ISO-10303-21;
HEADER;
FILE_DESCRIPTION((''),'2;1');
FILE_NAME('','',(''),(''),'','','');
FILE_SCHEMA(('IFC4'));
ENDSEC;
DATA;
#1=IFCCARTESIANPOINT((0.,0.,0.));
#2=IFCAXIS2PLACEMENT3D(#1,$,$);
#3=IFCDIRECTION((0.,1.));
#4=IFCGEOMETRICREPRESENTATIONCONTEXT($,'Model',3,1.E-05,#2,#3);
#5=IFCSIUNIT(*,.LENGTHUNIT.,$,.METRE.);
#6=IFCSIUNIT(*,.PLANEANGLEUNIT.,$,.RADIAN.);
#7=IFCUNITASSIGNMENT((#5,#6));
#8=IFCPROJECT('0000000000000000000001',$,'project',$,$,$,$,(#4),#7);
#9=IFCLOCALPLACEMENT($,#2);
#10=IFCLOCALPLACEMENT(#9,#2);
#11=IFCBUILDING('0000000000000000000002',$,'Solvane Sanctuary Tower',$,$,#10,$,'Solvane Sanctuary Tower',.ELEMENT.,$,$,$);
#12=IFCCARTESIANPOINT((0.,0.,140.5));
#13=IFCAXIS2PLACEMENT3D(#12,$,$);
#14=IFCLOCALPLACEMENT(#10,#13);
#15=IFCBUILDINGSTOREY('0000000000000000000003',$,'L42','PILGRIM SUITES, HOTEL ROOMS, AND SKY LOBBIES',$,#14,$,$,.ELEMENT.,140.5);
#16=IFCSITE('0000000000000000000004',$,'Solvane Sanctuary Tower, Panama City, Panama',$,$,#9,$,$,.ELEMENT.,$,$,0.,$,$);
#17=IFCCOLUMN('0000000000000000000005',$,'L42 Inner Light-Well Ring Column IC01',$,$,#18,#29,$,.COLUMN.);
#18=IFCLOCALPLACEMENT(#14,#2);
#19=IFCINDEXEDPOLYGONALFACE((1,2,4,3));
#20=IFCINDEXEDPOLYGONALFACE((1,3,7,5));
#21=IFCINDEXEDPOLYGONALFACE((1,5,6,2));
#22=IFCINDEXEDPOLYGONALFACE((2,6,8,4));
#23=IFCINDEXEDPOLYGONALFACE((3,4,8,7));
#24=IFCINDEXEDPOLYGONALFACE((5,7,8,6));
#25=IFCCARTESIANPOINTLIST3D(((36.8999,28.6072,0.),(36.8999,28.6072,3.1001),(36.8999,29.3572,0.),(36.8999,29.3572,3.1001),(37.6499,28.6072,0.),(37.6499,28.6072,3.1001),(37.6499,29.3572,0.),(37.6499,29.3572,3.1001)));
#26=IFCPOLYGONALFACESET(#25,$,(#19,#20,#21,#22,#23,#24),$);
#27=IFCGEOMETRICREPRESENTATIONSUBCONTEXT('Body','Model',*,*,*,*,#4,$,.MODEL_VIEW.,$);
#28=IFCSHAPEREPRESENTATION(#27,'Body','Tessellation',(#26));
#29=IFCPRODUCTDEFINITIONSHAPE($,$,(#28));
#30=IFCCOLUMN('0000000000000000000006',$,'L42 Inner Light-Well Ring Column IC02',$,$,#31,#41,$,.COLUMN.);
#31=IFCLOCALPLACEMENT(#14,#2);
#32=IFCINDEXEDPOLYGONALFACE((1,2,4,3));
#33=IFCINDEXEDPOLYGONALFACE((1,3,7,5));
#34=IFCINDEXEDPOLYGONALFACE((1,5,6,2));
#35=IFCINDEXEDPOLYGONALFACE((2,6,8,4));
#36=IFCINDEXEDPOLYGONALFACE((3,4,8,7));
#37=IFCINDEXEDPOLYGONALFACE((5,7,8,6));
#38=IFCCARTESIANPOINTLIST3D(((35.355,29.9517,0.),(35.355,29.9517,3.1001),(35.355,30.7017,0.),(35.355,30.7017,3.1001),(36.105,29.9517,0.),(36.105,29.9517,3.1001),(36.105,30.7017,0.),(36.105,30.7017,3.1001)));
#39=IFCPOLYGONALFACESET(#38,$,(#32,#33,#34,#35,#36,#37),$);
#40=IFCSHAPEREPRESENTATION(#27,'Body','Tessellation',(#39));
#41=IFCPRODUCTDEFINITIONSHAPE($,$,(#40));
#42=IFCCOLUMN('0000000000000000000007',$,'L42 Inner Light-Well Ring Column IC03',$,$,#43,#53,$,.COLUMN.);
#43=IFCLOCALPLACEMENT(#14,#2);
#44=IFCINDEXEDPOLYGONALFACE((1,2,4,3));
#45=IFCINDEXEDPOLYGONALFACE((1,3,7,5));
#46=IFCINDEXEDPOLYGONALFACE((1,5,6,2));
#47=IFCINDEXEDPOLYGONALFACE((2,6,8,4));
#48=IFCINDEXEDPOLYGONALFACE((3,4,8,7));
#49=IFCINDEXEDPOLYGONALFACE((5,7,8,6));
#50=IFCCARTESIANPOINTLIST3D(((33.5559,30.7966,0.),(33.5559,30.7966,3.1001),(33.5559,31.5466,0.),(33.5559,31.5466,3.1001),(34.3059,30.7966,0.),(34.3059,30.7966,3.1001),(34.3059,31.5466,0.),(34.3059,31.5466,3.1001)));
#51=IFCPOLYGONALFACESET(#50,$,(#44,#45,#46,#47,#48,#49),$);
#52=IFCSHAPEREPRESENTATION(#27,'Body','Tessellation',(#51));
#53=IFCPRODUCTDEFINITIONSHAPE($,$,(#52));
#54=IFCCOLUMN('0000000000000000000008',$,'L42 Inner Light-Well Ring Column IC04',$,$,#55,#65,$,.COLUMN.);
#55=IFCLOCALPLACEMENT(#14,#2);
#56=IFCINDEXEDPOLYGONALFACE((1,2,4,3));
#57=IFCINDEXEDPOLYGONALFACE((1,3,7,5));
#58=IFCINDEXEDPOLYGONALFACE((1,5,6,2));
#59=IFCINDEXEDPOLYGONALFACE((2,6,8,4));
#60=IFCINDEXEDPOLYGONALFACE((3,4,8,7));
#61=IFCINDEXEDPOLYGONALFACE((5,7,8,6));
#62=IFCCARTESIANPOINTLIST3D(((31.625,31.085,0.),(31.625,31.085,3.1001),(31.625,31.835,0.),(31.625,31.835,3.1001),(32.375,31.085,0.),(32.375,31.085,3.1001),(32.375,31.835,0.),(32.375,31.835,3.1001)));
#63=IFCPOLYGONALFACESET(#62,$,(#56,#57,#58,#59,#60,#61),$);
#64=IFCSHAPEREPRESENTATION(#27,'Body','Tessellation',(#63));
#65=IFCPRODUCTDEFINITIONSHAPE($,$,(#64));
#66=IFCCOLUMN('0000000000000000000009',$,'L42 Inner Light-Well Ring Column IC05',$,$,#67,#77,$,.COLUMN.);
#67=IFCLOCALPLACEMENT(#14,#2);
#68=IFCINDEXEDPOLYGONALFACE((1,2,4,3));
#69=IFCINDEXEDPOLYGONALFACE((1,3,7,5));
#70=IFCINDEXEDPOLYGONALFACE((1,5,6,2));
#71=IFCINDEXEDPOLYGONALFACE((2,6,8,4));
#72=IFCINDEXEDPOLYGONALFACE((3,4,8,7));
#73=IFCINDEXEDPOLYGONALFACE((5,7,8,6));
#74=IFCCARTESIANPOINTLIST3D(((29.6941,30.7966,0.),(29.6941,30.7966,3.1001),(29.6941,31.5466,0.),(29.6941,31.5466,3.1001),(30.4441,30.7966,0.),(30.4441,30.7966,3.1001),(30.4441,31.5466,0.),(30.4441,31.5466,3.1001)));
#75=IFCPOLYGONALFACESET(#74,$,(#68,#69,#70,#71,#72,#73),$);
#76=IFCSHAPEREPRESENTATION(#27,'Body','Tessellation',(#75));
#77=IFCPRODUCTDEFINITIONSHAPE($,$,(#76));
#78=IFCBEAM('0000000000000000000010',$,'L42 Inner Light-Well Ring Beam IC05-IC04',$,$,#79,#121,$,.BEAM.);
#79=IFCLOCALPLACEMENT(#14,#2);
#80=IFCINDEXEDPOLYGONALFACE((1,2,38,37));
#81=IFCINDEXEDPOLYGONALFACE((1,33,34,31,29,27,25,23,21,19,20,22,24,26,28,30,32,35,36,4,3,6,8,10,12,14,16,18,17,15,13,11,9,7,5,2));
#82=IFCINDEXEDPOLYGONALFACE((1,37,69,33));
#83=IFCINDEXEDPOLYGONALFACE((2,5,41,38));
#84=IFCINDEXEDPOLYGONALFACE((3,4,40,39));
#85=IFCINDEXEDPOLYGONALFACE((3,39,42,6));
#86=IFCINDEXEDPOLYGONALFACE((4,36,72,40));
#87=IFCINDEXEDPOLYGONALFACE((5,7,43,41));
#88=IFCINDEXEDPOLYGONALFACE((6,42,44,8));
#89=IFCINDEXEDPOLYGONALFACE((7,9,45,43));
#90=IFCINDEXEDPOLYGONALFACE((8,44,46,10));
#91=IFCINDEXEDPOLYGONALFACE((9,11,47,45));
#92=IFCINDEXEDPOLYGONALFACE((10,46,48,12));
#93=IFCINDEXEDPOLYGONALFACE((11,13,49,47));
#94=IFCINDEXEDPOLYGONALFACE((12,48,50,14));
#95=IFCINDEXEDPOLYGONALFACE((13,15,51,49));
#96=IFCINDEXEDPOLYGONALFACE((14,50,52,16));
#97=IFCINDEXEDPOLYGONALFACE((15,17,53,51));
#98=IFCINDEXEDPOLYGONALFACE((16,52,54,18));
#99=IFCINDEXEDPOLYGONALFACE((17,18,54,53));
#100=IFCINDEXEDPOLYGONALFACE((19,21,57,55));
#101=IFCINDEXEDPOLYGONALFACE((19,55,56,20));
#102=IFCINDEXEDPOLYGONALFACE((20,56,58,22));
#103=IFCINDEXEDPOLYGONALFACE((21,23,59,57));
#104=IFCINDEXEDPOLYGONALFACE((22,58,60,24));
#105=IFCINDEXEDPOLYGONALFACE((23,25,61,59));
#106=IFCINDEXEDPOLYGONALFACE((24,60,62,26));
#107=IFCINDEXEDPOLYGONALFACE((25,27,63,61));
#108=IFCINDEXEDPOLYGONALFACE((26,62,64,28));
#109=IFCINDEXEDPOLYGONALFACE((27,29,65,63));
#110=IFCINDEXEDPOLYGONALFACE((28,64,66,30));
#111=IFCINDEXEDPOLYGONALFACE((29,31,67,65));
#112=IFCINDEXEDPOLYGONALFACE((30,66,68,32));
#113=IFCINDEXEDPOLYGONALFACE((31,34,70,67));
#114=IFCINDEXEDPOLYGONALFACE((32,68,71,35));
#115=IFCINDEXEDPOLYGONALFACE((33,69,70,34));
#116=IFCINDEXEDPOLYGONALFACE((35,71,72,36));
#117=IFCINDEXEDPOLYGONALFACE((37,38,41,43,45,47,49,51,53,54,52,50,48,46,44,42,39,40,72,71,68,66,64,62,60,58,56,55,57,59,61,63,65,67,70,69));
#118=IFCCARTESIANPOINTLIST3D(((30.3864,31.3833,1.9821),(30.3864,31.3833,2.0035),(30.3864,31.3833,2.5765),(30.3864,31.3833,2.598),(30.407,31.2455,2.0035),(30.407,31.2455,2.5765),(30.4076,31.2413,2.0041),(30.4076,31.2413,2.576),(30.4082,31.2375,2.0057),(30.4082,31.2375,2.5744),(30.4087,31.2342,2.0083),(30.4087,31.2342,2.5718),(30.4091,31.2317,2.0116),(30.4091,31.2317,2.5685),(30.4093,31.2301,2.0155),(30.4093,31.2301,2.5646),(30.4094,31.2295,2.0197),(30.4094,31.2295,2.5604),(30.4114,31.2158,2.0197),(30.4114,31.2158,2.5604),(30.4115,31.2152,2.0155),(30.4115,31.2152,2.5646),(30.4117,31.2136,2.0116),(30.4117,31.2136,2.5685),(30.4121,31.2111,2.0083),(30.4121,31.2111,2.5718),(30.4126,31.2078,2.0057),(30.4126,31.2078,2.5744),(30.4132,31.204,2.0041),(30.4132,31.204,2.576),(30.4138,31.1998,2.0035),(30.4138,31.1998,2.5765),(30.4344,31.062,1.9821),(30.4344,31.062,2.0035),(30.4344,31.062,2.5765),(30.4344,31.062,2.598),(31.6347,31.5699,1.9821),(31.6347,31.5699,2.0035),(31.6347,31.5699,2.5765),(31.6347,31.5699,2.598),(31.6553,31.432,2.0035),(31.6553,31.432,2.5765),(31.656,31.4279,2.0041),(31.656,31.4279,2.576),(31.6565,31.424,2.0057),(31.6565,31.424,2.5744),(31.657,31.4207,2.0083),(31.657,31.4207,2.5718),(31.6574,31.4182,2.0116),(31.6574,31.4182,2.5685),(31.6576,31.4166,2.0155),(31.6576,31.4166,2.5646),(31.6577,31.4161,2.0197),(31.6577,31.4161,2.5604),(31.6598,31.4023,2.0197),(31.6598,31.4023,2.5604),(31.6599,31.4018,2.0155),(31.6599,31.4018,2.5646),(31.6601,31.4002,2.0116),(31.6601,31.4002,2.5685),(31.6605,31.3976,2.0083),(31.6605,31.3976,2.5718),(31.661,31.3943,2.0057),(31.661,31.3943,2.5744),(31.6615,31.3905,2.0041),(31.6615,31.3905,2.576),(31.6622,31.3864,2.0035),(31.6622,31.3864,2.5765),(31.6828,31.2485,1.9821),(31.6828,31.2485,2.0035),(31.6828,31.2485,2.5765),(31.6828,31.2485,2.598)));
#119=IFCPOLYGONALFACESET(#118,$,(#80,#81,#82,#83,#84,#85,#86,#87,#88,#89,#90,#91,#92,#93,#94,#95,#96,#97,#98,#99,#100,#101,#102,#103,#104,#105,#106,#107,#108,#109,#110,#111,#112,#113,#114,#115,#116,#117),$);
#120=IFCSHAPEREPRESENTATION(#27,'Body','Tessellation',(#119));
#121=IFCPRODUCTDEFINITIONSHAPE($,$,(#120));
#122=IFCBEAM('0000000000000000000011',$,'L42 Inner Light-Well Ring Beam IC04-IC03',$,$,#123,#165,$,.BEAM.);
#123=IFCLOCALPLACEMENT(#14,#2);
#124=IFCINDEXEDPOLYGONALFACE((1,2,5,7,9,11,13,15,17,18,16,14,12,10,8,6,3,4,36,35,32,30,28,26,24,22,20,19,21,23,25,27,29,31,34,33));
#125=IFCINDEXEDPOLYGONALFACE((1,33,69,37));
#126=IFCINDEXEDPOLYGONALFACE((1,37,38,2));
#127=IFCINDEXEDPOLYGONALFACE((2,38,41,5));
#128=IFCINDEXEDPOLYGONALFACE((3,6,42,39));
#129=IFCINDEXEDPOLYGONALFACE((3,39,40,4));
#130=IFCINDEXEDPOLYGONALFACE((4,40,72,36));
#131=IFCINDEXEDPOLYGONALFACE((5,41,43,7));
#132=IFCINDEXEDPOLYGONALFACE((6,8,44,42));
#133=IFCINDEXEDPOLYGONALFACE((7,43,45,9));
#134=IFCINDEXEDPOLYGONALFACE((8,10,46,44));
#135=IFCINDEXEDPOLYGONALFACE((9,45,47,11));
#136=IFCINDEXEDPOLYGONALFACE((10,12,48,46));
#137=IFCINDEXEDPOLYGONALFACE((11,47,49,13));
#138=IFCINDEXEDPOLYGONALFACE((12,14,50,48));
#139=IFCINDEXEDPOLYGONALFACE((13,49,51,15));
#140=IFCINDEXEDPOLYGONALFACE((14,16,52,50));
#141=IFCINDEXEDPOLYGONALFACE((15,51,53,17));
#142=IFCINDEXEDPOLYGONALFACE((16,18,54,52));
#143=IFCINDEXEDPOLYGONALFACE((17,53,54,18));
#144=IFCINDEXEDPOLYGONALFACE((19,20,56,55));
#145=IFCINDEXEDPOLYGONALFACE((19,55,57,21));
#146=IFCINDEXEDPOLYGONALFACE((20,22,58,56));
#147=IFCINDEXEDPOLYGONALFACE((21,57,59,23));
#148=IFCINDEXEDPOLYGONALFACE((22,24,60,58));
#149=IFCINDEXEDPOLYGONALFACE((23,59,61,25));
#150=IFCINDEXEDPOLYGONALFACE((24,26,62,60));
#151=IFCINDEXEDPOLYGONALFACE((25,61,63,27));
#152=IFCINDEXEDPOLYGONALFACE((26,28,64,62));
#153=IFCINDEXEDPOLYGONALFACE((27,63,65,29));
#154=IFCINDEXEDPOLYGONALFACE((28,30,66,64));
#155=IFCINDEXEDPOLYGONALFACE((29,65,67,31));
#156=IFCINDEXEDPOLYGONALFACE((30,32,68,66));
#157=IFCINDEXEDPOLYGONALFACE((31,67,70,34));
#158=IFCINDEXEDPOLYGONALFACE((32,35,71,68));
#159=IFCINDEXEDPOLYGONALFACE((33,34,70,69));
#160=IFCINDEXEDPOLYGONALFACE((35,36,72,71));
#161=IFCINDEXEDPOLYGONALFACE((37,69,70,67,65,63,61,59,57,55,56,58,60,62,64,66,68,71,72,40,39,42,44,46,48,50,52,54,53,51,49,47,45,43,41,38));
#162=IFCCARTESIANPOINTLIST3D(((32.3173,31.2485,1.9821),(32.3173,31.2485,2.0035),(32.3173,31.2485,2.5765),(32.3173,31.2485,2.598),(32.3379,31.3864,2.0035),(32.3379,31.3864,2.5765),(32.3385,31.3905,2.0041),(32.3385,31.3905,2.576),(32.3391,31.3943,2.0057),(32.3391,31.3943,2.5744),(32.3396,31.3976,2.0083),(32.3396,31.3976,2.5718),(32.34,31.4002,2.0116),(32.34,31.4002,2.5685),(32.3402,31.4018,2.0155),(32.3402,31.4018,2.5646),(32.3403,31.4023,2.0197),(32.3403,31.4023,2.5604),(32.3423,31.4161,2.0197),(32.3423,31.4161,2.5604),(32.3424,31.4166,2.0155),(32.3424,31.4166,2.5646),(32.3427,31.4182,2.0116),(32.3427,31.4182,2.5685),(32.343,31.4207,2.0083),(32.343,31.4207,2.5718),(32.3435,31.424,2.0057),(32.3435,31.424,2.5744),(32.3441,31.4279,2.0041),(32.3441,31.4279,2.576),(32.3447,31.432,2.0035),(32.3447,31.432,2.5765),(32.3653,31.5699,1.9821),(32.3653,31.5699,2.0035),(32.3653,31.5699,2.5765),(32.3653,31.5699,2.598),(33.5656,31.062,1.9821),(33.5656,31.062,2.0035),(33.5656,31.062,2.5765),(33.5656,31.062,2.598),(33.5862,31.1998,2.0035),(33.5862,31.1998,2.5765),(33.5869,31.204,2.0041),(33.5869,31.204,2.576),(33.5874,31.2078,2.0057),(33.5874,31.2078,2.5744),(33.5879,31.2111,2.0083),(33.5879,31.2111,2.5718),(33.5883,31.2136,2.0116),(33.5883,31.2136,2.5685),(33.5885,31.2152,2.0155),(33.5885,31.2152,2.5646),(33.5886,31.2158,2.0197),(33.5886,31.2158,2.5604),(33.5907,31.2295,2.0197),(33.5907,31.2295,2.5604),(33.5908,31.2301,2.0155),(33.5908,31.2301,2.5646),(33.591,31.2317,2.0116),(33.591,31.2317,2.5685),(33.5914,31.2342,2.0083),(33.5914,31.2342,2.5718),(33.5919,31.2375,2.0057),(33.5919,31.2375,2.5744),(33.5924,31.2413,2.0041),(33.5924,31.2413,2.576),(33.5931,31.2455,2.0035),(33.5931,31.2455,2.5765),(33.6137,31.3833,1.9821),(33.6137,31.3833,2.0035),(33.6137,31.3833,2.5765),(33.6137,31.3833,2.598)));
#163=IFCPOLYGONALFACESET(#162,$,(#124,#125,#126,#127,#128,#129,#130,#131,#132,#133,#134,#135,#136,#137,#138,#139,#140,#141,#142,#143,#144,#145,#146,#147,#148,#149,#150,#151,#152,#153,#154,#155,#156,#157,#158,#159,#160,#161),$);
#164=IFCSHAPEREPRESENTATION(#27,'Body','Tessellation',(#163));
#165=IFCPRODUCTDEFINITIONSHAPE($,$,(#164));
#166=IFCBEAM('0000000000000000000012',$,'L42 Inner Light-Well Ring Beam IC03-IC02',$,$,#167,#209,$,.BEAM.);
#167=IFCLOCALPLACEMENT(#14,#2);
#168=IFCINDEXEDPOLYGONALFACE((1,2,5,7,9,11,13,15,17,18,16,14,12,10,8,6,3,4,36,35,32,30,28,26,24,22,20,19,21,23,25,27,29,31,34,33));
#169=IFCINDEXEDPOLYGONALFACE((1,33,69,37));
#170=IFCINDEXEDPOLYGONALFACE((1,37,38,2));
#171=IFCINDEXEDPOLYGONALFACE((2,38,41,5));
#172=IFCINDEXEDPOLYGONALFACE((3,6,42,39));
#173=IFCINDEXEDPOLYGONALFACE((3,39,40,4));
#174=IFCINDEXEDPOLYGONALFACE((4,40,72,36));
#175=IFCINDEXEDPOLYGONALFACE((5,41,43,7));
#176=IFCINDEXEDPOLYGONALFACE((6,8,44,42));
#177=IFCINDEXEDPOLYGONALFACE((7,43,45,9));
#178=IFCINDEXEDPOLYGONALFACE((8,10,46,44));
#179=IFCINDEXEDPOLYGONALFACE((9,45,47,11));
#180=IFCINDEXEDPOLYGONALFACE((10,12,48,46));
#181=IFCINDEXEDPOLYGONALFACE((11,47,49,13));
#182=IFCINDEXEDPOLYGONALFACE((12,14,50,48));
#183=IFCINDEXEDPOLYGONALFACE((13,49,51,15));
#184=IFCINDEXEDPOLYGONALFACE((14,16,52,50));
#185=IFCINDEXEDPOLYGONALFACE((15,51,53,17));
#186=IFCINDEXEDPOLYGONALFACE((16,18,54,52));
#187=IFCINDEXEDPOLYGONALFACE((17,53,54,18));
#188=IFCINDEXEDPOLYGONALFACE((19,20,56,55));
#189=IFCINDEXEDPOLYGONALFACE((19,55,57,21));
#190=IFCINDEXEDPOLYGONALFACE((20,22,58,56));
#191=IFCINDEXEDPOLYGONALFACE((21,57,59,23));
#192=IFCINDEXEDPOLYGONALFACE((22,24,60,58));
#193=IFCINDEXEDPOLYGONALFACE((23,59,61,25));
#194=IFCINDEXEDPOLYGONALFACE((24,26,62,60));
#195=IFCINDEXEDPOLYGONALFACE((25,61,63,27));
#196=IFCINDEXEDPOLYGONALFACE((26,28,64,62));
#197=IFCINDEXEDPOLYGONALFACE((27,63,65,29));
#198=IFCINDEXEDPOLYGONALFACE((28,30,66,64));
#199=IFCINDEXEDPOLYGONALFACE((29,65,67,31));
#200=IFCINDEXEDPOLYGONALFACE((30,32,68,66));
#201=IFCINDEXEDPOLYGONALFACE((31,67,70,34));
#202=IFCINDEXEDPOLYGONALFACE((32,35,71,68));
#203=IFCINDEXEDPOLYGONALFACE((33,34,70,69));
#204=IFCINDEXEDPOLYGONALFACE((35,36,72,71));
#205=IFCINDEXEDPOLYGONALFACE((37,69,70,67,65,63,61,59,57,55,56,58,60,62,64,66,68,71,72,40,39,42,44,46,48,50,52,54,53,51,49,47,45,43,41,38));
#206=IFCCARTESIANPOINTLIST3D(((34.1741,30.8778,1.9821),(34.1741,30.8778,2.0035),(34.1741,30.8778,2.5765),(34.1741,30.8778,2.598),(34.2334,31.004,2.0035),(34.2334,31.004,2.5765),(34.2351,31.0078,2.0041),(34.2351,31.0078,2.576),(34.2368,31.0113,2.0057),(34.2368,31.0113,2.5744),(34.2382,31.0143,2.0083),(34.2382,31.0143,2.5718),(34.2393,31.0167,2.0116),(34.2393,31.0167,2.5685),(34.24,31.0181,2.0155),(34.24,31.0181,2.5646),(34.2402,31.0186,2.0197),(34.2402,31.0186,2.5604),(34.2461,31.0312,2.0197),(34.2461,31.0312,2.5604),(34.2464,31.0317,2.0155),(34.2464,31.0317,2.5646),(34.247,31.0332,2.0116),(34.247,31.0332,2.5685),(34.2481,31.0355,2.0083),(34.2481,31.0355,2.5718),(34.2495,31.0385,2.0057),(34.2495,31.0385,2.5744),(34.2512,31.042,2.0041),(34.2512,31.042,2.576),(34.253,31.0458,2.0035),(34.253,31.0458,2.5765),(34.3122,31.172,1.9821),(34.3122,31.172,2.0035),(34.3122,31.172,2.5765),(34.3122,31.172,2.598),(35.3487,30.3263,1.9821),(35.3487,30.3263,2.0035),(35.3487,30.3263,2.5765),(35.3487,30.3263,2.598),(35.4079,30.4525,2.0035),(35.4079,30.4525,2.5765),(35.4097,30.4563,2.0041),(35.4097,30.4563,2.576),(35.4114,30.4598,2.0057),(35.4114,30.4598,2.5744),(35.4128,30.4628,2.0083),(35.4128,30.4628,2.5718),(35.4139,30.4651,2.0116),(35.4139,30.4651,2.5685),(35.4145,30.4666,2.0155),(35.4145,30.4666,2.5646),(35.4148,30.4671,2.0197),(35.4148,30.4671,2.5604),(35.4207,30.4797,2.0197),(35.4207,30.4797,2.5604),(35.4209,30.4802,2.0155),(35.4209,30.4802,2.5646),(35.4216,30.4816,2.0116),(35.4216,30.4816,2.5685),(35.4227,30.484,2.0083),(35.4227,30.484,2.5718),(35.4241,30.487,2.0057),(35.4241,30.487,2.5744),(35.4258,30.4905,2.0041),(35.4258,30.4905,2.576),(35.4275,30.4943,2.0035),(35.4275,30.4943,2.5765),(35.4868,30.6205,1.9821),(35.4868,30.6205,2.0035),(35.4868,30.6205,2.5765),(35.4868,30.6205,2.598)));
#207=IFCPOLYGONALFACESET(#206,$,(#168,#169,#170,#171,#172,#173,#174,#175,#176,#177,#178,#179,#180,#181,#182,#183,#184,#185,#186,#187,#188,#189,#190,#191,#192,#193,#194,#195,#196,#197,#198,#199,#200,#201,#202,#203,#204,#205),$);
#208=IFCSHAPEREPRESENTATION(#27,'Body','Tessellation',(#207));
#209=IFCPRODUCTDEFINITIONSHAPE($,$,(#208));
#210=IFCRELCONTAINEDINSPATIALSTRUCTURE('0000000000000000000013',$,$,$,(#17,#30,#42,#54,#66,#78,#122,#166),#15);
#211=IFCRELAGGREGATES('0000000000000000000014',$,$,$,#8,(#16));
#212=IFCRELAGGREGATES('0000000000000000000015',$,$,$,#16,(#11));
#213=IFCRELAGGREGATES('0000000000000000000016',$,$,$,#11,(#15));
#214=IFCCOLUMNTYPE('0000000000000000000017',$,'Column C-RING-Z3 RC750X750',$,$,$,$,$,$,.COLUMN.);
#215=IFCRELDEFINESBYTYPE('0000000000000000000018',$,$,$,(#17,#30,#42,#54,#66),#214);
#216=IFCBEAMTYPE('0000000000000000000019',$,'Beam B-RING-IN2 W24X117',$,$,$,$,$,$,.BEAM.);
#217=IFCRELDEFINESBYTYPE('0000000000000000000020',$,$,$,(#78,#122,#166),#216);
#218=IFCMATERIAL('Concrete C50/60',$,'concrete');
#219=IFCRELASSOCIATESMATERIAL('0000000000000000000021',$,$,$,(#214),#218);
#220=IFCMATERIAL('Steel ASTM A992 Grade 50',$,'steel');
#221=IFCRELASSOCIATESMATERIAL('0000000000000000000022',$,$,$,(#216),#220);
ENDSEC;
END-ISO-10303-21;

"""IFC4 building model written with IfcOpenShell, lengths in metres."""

from ifc_helpers import new_model, si_unit, direction, frame, origin, origin_2d, place, context, subcontext, project, spatial, rectangle, i_section, extrude, material, material_profile, profile_set, type_object, element, save


model = new_model("IFC4")

# Units and contexts
model_context = context("Model", 3, precision=1e-05, world=origin(), true_north=direction((0.0, 1.0)))
body_context = subcontext(model_context, "Body", "Model", "MODEL_VIEW")
ifc_project = project(units=[si_unit("LENGTHUNIT", "METRE"), si_unit("PLANEANGLEUNIT", "RADIAN")], contexts=[model_context])

# Site, building, storey
site_placement = place(None, origin())
site = spatial("IfcSite", under=ifc_project, at=site_placement, Name="Solvane Sanctuary Tower, Panama City, Panama", CompositionType="ELEMENT", RefElevation=0.0)
building_placement = place(site_placement, origin())
building = spatial("IfcBuilding", under=site, at=building_placement, Name="Solvane Sanctuary Tower", LongName="Solvane Sanctuary Tower", CompositionType="ELEMENT")
storey_placement = place(building_placement, frame((0.0, 0.0, 140.5)))
storey = spatial("IfcBuildingStorey", under=building, at=storey_placement, Name="L42", Description="PILGRIM SUITES, HOTEL ROOMS, AND SKY LOBBIES", CompositionType="ELEMENT", Elevation=140.5)

# Columns
ifc_material_1 = material(Name="Concrete C50/60", Category="concrete")
ifc_material_profile_1 = material_profile(ifc_material_1, rectangle(XDim=0.75, YDim=0.75, at=origin_2d()), Name="RC750X750")
ifc_profile_set_1 = profile_set([ifc_material_profile_1], Name="Concrete C50/60")
column_type = type_object("IfcColumnType", Name="Column C-RING-Z3 RC750X750", PredefinedType="COLUMN", material=ifc_profile_set_1)
for number, where, z_axis, x_axis, name in (
    (1, (37.2749, 28.9822, 0.0), (0.0, 0.0, 1.0), (1.0, 0.0, 0.0), "L42 Inner Light-Well Ring Column IC01"),
    (2, (35.73, 30.3267, 0.0), (0.0, 0.0, 1.0), (1.0, 0.0, 0.0), "L42 Inner Light-Well Ring Column IC02"),
    (3, (33.9309, 31.1716, 0.0), (0.0, 0.0, 1.0), (1.0, 0.0, 0.0), "L42 Inner Light-Well Ring Column IC03"),
    (4, (32.0, 31.46, 0.0), (0.0, 0.0, 1.0), (1.0, 0.0, 0.0), "L42 Inner Light-Well Ring Column IC04"),
    (5, (30.0691, 31.1716, 0.0), (0.0, 0.0, 1.0), (1.0, 0.0, 0.0), "L42 Inner Light-Well Ring Column IC05"),
):
    element("IfcColumn", number, at=place(storey_placement, frame(where, z_axis=z_axis, x_axis=x_axis)), inside=storey, type_object=column_type, Name=name, PredefinedType="COLUMN", context=body_context, shape_type="SweptSolid", body=[
        extrude(rectangle(XDim=0.75, YDim=0.75, at=origin_2d()), origin(), (0.0, 0.0, 1.0), 3.1001),
    ])

# Beams
ifc_material_2 = material(Name="Steel ASTM A992 Grade 50", Category="steel")
ifc_material_profile_2 = material_profile(ifc_material_2, i_section(OverallWidth=0.325, OverallDepth=0.616, WebThickness=0.0139, FlangeThickness=0.0215, FilletRadius=0.0161, at=origin_2d()), Name="W24X117")
ifc_profile_set_2 = profile_set([ifc_material_profile_2], Name="Steel ASTM A992 Grade 50")
beam_type_1 = type_object("IfcBeamType", Name="Beam B-RING-IN2 W24X117", PredefinedType="BEAM", material=ifc_profile_set_2)
for number, where, z_axis, x_axis, name in (
    (6, (30.4104, 31.2227, 2.29), (0.98902, 0.147782, 0.0), (-0.147782, 0.98902, 0.0), "L42 Inner Light-Well Ring Beam IC05-IC04"),
    (7, (32.3413, 31.4092, 2.29), (0.98902, -0.147782, 0.0), (0.147782, 0.98902, 0.0), "L42 Inner Light-Well Ring Beam IC04-IC03"),
):
    element("IfcBeam", number, at=place(storey_placement, frame(where, z_axis=z_axis, x_axis=x_axis)), inside=storey, type_object=beam_type_1, Name=name, PredefinedType="BEAM", context=body_context, shape_type="SweptSolid", body=[
        extrude(i_section(OverallWidth=0.325, OverallDepth=0.616, WebThickness=0.0139, FlangeThickness=0.0215, FilletRadius=0.0161, at=origin_2d()), origin(), (0.0, 0.0, 1.0), 1.2622),
    ])
beam_1_placement = place(storey_placement, frame((34.2432, 31.0249, 2.29), z_axis=(0.905181, -0.425027, 0.0), x_axis=(0.425027, 0.905181, 0.0)))
element("IfcBeam", 8, at=beam_1_placement, inside=storey, type_object=beam_type_1, Name="L42 Inner Light-Well Ring Beam IC03-IC02", PredefinedType="BEAM", context=body_context, shape_type="SweptSolid", body=[
    extrude(i_section(OverallWidth=0.325, OverallDepth=0.616, WebThickness=0.0139, FlangeThickness=0.0215, FilletRadius=0.0161, at=origin_2d()), origin(), (0.0, 0.0, 1.0), 1.2976),
])

save(model, "model.ifc")
